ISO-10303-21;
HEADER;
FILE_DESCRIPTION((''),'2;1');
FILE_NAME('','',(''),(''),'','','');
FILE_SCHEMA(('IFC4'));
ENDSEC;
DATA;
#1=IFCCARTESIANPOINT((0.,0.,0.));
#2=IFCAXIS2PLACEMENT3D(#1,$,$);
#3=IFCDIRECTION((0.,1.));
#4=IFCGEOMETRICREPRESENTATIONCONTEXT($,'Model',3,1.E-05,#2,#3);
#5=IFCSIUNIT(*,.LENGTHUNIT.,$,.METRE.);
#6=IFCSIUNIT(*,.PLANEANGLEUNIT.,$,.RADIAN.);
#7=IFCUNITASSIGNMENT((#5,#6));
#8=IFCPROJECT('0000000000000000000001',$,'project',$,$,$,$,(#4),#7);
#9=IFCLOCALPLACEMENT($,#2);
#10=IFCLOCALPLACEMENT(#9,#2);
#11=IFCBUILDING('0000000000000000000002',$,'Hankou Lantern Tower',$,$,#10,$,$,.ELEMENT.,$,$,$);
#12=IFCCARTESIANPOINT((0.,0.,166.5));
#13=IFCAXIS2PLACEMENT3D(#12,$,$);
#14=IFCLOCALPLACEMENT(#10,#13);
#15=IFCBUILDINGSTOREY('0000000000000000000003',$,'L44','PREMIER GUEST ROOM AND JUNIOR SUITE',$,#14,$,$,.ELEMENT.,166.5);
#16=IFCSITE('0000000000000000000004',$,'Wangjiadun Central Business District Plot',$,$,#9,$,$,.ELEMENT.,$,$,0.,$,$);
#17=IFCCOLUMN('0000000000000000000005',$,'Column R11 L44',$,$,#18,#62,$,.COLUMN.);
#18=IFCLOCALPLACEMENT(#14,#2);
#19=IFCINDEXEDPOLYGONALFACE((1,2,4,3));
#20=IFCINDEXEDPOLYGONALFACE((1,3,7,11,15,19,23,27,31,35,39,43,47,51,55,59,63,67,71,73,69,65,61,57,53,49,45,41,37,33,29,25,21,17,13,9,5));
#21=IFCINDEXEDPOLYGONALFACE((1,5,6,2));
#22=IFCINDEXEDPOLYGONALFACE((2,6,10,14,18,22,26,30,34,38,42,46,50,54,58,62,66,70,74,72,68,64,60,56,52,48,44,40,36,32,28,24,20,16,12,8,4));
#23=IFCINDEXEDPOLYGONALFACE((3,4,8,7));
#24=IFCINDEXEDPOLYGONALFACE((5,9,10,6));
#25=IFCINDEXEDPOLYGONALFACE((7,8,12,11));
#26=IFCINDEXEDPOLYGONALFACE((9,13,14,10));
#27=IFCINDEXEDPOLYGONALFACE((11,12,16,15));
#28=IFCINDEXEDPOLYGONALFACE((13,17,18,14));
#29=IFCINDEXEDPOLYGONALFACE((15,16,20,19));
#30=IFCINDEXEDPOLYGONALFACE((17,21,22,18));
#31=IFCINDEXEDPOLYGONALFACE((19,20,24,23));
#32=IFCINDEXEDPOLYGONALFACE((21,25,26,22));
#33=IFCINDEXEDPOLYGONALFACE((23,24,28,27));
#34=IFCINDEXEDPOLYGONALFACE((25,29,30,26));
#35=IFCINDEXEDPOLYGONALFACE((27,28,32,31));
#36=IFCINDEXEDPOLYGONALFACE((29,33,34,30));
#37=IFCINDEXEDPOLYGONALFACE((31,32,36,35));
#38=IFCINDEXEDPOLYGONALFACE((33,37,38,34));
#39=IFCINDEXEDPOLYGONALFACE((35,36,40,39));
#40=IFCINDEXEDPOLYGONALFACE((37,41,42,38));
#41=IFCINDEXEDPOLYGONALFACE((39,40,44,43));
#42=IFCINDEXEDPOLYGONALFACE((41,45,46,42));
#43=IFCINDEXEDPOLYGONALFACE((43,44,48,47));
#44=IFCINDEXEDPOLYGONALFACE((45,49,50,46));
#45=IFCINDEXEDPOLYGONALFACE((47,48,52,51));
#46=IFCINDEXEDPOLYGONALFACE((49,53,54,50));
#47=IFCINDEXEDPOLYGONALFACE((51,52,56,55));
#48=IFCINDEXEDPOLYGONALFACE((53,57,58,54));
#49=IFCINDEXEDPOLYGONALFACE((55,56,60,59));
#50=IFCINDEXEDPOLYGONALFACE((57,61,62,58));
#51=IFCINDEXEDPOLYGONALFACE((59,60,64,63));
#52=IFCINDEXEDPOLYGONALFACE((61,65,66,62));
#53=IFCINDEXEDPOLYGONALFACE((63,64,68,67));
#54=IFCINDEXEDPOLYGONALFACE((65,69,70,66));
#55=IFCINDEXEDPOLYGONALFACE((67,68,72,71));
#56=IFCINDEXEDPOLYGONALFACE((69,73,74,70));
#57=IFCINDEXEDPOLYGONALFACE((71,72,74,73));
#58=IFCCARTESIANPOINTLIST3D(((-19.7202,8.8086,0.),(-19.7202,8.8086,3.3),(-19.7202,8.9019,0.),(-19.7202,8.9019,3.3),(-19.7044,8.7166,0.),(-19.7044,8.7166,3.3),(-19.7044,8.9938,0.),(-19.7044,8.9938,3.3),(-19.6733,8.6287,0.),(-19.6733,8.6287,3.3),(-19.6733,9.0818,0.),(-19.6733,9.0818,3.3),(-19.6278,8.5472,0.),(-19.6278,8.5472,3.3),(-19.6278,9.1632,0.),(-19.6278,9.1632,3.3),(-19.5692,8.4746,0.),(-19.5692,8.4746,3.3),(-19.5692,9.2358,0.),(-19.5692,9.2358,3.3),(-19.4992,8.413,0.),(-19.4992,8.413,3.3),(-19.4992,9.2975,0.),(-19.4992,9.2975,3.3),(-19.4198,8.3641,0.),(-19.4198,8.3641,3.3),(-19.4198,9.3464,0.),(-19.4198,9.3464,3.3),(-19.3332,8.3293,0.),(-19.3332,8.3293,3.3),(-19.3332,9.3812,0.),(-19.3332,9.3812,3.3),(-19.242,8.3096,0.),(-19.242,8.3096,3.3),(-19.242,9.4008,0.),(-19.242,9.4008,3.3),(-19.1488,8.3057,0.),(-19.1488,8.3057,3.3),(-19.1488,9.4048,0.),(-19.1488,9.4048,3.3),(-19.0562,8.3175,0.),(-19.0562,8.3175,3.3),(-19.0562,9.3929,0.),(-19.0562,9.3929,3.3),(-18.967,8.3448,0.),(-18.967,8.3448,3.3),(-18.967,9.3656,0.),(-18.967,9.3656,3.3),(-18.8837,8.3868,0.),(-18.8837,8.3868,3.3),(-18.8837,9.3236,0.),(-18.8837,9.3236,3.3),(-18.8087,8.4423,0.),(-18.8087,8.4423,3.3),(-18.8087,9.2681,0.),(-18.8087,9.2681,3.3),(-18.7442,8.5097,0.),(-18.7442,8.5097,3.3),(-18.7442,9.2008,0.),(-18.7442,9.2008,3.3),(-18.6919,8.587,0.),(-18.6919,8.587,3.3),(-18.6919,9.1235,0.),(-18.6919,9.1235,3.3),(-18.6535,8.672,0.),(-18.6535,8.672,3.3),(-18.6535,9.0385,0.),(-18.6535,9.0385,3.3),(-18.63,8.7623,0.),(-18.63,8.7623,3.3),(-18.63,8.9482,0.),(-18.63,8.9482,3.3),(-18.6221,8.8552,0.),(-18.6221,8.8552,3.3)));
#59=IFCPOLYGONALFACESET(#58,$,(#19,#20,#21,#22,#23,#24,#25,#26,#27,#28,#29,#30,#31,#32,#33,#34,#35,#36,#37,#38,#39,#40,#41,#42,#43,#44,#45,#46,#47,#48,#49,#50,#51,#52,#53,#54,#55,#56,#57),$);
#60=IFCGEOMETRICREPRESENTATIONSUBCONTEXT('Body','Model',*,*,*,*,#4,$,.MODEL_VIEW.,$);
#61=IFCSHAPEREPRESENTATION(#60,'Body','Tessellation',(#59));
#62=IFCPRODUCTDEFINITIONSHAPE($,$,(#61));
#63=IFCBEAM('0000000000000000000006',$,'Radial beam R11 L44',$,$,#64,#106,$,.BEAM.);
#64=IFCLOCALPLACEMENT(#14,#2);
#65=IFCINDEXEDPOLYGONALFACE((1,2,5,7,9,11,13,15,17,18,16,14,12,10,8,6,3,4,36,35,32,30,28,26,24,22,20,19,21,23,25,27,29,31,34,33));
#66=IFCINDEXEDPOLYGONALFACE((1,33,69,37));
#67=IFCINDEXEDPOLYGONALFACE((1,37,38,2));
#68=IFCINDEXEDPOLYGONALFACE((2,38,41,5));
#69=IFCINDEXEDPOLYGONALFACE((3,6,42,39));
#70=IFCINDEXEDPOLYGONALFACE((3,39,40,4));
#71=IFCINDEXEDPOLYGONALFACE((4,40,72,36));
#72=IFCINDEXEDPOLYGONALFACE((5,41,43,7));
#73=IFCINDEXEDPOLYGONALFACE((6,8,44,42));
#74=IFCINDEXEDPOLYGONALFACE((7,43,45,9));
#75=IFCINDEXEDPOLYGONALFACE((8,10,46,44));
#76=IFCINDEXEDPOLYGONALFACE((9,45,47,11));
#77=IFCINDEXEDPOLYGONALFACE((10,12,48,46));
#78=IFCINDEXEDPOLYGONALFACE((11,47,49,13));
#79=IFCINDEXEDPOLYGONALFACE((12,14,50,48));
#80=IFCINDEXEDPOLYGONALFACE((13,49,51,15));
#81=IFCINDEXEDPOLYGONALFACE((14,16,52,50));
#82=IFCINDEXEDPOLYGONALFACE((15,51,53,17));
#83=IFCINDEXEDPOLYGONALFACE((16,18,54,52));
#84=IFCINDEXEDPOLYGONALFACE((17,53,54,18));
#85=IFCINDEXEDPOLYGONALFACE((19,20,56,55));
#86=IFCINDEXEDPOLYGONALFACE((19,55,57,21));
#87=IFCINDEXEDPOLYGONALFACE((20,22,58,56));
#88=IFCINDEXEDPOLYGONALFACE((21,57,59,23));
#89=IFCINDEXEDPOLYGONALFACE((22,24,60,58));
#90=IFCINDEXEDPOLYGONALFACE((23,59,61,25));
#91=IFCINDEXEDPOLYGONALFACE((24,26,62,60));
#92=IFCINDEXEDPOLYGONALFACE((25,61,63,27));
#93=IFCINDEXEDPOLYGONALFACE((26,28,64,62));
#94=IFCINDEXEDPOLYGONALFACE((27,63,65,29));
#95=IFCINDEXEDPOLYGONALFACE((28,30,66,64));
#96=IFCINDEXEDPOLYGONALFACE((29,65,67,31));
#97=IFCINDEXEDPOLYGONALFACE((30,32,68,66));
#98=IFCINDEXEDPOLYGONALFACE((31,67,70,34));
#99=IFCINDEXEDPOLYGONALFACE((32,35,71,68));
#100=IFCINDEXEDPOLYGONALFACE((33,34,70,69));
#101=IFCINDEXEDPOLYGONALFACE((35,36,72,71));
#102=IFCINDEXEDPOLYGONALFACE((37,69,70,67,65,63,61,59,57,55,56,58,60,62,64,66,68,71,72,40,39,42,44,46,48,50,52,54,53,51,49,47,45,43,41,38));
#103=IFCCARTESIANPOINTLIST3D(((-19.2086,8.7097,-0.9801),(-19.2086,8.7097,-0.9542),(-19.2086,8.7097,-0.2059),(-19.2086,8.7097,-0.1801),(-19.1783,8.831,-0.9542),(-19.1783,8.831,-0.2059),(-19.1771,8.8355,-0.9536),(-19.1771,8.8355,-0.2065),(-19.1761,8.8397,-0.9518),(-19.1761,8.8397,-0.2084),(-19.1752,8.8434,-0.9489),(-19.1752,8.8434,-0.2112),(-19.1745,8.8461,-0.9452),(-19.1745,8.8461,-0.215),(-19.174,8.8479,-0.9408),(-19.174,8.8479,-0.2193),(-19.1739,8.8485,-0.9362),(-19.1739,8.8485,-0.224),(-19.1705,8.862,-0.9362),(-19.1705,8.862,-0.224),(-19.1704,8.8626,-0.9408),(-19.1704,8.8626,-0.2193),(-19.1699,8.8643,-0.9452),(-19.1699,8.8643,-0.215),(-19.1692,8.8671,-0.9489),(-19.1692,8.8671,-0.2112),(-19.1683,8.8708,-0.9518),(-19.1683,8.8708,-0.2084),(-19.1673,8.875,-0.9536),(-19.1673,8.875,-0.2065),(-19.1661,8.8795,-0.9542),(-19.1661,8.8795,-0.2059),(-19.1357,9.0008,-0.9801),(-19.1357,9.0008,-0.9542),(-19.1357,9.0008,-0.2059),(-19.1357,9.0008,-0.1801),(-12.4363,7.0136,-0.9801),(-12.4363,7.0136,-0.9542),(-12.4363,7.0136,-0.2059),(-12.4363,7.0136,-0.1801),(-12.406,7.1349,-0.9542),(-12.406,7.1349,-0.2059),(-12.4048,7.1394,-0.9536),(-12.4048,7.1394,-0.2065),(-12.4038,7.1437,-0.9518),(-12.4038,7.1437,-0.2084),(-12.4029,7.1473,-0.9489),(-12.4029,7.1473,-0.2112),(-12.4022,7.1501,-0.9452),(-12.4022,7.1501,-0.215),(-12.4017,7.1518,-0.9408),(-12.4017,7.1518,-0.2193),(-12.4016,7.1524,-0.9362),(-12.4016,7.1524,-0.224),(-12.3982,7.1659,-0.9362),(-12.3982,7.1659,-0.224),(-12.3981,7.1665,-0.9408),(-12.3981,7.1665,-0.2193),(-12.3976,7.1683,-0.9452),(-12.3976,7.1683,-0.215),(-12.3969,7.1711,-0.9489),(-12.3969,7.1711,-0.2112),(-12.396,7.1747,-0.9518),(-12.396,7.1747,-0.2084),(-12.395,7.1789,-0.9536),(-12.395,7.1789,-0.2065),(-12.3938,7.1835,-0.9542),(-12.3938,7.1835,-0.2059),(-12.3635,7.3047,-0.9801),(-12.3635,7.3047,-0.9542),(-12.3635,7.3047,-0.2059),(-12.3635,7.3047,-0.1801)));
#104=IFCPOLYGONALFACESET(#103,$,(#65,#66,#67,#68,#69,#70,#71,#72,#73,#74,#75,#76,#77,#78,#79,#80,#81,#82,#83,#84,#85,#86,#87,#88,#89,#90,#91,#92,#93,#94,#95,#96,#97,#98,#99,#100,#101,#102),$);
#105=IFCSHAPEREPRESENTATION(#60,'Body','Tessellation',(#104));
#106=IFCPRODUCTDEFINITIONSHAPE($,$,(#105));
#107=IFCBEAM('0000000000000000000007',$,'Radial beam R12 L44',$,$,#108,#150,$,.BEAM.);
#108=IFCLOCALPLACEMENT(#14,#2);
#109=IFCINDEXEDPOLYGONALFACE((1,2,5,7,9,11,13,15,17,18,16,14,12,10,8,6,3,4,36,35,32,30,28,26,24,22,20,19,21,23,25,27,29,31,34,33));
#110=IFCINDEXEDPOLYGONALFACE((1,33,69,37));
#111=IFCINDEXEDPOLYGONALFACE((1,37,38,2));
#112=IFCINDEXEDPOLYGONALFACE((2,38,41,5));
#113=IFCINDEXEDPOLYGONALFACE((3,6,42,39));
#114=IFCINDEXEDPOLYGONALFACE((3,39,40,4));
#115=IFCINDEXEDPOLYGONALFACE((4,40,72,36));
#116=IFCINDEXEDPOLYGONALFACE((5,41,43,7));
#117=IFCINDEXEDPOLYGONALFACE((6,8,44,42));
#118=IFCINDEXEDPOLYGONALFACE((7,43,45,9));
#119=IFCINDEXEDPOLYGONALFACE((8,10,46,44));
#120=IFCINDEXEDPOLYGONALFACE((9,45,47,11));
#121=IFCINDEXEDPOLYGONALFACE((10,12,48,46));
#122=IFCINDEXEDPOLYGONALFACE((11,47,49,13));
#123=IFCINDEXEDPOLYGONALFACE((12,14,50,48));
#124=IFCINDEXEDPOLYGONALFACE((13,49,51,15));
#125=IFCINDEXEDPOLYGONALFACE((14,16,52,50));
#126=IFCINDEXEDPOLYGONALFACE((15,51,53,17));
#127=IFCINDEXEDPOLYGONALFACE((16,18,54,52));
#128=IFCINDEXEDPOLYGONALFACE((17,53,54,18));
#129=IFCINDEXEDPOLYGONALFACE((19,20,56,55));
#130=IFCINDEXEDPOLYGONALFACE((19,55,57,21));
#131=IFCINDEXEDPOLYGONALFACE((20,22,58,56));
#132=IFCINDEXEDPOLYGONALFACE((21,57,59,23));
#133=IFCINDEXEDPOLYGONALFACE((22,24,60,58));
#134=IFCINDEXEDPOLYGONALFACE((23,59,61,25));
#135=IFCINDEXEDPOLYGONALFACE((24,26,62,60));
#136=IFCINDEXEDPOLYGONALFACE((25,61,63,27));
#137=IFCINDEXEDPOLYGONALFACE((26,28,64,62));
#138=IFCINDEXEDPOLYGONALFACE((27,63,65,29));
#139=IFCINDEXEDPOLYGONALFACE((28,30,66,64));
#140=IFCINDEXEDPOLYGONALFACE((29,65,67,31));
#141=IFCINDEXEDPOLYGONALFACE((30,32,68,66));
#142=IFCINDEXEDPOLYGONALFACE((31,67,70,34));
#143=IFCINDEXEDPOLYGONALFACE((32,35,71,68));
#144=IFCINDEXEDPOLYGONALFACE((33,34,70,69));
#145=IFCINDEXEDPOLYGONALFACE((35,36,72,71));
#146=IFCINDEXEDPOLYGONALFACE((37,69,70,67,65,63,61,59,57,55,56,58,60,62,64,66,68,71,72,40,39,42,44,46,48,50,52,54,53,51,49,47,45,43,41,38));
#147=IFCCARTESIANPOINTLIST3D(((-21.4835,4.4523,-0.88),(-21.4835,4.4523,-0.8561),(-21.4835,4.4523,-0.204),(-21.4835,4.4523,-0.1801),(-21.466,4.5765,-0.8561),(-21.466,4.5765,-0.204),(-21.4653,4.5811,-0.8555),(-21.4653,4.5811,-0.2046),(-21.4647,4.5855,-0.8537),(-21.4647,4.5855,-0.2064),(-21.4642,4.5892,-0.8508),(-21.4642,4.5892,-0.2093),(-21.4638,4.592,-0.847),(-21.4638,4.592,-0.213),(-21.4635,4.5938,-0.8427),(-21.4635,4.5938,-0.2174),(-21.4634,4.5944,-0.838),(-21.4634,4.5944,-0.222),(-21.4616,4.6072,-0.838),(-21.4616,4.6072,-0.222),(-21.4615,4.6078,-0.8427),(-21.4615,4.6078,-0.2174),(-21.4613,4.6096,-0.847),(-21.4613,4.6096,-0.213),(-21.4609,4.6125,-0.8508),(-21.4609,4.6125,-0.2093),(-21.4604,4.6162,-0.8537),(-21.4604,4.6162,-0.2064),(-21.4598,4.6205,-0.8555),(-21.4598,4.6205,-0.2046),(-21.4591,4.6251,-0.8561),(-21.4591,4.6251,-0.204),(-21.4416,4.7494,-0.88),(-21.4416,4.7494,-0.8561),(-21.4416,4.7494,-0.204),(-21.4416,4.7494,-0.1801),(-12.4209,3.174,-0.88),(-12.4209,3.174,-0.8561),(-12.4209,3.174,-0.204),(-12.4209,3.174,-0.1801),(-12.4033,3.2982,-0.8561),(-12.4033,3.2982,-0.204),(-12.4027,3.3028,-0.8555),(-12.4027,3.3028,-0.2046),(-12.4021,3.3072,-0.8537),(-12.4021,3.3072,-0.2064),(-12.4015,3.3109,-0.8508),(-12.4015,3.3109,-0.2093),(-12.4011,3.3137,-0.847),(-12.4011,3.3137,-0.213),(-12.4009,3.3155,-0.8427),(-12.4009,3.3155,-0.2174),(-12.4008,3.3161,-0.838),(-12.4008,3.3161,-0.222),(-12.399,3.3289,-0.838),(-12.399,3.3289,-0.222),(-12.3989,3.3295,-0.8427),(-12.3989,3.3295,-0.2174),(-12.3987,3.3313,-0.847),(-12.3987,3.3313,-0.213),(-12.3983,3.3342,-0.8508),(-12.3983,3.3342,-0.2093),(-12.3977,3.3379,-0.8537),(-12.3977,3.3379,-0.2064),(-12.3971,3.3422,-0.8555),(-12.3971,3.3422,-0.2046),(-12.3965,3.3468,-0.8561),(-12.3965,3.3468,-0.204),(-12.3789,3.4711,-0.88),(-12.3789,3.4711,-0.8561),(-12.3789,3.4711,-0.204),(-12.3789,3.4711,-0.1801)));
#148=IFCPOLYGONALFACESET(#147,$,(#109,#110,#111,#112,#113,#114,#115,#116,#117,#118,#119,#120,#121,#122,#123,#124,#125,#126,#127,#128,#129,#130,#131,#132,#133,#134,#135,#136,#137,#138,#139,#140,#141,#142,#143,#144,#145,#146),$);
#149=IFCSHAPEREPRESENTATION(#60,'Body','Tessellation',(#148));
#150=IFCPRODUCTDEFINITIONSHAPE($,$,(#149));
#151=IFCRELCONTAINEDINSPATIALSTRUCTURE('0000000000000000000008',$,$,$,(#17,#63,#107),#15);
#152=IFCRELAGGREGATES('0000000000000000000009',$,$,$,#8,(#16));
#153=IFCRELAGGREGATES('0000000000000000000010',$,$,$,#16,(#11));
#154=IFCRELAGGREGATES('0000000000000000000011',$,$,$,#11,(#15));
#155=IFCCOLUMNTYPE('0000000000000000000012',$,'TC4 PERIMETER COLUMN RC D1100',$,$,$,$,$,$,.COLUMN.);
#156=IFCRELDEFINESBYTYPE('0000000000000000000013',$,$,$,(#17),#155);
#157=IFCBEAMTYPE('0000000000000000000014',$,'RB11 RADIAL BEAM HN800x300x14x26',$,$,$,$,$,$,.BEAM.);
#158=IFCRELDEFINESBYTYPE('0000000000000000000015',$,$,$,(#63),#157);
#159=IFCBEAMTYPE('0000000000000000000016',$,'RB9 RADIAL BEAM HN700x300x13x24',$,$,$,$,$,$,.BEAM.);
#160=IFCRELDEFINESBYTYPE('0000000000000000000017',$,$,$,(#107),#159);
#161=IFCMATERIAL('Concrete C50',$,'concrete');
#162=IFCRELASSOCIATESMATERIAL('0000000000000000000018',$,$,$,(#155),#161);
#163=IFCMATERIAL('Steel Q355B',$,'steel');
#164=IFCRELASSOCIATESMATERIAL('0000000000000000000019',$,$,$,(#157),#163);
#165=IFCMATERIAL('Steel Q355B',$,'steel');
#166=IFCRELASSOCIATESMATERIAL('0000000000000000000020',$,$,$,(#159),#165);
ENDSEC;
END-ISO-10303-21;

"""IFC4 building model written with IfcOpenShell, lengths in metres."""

from ifc_helpers import new_model, si_unit, direction, frame, origin, origin_2d, place, context, subcontext, project, spatial, circle, i_section, extrude, material, material_profile, profile_set, type_object, element, save


model = new_model("IFC4")

# Units and contexts
model_context = context("Model", 3, precision=1e-05, world=origin(), true_north=direction((0.0, 1.0)))
body_context = subcontext(model_context, "Body", "Model", "MODEL_VIEW")
ifc_project = project(units=[si_unit("LENGTHUNIT", "METRE"), si_unit("PLANEANGLEUNIT", "RADIAN")], contexts=[model_context])

# Site, building, storey
site_placement = place(None, origin())
site = spatial("IfcSite", under=ifc_project, at=site_placement, Name="Wangjiadun Central Business District Plot", CompositionType="ELEMENT", RefElevation=0.0)
building_placement = place(site_placement, origin())
building = spatial("IfcBuilding", under=site, at=building_placement, Name="Hankou Lantern Tower", CompositionType="ELEMENT")
storey_placement = place(building_placement, frame((0.0, 0.0, 166.5)))
storey = spatial("IfcBuildingStorey", under=building, at=storey_placement, Name="L44", Description="PREMIER GUEST ROOM AND JUNIOR SUITE", CompositionType="ELEMENT", Elevation=166.5)

# Column
ifc_material_1 = material(Name="Concrete C50", Category="concrete")
ifc_material_profile_1 = material_profile(ifc_material_1, circle(Radius=0.55, at=origin_2d()), Name="RC D1100")
ifc_profile_set_1 = profile_set([ifc_material_profile_1], Name="Concrete C50")
column_type = type_object("IfcColumnType", Name="TC4 PERIMETER COLUMN RC D1100", PredefinedType="COLUMN", material=ifc_profile_set_1)
column_placement = place(storey_placement, frame((-19.1721, 8.8552, 0.0), z_axis=(0.0, 0.0, 1.0), x_axis=(1.0, 0.0, 0.0)))
element("IfcColumn", 1, at=column_placement, inside=storey, type_object=column_type, Name="Column R11 L44", PredefinedType="COLUMN", context=body_context, shape_type="SweptSolid", body=[
    extrude(circle(Radius=0.55, at=origin_2d()), origin(), (0.0, 0.0, 1.0), 3.3),
])

# Beams
ifc_material_2 = material(Name="Steel Q355B", Category="steel")
ifc_material_profile_2 = material_profile(ifc_material_2, i_section(OverallWidth=0.3, OverallDepth=0.8, WebThickness=0.0139, FlangeThickness=0.0259, FilletRadius=0.0181, at=origin_2d()), Name="HN800x300x14x26")
ifc_profile_set_2 = profile_set([ifc_material_profile_2], Name="Steel Q355B")
beam_type_1 = type_object("IfcBeamType", Name="RB11 RADIAL BEAM HN800x300x14x26", PredefinedType="BEAM", material=ifc_profile_set_2)
beam_1_placement = place(storey_placement, frame((-12.3999, 7.1592, -0.5801), z_axis=(-0.970042, 0.242939, 0.0), x_axis=(-0.242939, -0.970042, 0.0)))
element("IfcBeam", 2, at=beam_1_placement, inside=storey, type_object=beam_type_1, Name="Radial beam R11 L44", PredefinedType="BEAM", context=body_context, shape_type="SweptSolid", body=[
    extrude(i_section(OverallWidth=0.3, OverallDepth=0.8, WebThickness=0.0139, FlangeThickness=0.0259, FilletRadius=0.0181, at=origin_2d()), origin(), (0.0, 0.0, 1.0), 6.9814),
])
ifc_material_3 = material(Name="Steel Q355B", Category="steel")
ifc_material_profile_3 = material_profile(ifc_material_3, i_section(OverallWidth=0.3, OverallDepth=0.7, WebThickness=0.0129, FlangeThickness=0.0239, FilletRadius=0.0181, at=origin_2d()), Name="HN700x300x13x24")
ifc_profile_set_3 = profile_set([ifc_material_profile_3], Name="Steel Q355B")
beam_type_2 = type_object("IfcBeamType", Name="RB9 RADIAL BEAM HN700x300x13x24", PredefinedType="BEAM", material=ifc_profile_set_3)
beam_2_placement = place(storey_placement, frame((-12.3999, 3.3225, -0.53), z_axis=(-0.990198, 0.13967, 0.0), x_axis=(-0.13967, -0.990198, 0.0)))
element("IfcBeam", 3, at=beam_2_placement, inside=storey, type_object=beam_type_2, Name="Radial beam R12 L44", PredefinedType="BEAM", context=body_context, shape_type="SweptSolid", body=[
    extrude(i_section(OverallWidth=0.3, OverallDepth=0.7, WebThickness=0.0129, FlangeThickness=0.0239, FilletRadius=0.0181, at=origin_2d()), origin(), (0.0, 0.0, 1.0), 9.1523),
])

save(model, "model.ifc")
